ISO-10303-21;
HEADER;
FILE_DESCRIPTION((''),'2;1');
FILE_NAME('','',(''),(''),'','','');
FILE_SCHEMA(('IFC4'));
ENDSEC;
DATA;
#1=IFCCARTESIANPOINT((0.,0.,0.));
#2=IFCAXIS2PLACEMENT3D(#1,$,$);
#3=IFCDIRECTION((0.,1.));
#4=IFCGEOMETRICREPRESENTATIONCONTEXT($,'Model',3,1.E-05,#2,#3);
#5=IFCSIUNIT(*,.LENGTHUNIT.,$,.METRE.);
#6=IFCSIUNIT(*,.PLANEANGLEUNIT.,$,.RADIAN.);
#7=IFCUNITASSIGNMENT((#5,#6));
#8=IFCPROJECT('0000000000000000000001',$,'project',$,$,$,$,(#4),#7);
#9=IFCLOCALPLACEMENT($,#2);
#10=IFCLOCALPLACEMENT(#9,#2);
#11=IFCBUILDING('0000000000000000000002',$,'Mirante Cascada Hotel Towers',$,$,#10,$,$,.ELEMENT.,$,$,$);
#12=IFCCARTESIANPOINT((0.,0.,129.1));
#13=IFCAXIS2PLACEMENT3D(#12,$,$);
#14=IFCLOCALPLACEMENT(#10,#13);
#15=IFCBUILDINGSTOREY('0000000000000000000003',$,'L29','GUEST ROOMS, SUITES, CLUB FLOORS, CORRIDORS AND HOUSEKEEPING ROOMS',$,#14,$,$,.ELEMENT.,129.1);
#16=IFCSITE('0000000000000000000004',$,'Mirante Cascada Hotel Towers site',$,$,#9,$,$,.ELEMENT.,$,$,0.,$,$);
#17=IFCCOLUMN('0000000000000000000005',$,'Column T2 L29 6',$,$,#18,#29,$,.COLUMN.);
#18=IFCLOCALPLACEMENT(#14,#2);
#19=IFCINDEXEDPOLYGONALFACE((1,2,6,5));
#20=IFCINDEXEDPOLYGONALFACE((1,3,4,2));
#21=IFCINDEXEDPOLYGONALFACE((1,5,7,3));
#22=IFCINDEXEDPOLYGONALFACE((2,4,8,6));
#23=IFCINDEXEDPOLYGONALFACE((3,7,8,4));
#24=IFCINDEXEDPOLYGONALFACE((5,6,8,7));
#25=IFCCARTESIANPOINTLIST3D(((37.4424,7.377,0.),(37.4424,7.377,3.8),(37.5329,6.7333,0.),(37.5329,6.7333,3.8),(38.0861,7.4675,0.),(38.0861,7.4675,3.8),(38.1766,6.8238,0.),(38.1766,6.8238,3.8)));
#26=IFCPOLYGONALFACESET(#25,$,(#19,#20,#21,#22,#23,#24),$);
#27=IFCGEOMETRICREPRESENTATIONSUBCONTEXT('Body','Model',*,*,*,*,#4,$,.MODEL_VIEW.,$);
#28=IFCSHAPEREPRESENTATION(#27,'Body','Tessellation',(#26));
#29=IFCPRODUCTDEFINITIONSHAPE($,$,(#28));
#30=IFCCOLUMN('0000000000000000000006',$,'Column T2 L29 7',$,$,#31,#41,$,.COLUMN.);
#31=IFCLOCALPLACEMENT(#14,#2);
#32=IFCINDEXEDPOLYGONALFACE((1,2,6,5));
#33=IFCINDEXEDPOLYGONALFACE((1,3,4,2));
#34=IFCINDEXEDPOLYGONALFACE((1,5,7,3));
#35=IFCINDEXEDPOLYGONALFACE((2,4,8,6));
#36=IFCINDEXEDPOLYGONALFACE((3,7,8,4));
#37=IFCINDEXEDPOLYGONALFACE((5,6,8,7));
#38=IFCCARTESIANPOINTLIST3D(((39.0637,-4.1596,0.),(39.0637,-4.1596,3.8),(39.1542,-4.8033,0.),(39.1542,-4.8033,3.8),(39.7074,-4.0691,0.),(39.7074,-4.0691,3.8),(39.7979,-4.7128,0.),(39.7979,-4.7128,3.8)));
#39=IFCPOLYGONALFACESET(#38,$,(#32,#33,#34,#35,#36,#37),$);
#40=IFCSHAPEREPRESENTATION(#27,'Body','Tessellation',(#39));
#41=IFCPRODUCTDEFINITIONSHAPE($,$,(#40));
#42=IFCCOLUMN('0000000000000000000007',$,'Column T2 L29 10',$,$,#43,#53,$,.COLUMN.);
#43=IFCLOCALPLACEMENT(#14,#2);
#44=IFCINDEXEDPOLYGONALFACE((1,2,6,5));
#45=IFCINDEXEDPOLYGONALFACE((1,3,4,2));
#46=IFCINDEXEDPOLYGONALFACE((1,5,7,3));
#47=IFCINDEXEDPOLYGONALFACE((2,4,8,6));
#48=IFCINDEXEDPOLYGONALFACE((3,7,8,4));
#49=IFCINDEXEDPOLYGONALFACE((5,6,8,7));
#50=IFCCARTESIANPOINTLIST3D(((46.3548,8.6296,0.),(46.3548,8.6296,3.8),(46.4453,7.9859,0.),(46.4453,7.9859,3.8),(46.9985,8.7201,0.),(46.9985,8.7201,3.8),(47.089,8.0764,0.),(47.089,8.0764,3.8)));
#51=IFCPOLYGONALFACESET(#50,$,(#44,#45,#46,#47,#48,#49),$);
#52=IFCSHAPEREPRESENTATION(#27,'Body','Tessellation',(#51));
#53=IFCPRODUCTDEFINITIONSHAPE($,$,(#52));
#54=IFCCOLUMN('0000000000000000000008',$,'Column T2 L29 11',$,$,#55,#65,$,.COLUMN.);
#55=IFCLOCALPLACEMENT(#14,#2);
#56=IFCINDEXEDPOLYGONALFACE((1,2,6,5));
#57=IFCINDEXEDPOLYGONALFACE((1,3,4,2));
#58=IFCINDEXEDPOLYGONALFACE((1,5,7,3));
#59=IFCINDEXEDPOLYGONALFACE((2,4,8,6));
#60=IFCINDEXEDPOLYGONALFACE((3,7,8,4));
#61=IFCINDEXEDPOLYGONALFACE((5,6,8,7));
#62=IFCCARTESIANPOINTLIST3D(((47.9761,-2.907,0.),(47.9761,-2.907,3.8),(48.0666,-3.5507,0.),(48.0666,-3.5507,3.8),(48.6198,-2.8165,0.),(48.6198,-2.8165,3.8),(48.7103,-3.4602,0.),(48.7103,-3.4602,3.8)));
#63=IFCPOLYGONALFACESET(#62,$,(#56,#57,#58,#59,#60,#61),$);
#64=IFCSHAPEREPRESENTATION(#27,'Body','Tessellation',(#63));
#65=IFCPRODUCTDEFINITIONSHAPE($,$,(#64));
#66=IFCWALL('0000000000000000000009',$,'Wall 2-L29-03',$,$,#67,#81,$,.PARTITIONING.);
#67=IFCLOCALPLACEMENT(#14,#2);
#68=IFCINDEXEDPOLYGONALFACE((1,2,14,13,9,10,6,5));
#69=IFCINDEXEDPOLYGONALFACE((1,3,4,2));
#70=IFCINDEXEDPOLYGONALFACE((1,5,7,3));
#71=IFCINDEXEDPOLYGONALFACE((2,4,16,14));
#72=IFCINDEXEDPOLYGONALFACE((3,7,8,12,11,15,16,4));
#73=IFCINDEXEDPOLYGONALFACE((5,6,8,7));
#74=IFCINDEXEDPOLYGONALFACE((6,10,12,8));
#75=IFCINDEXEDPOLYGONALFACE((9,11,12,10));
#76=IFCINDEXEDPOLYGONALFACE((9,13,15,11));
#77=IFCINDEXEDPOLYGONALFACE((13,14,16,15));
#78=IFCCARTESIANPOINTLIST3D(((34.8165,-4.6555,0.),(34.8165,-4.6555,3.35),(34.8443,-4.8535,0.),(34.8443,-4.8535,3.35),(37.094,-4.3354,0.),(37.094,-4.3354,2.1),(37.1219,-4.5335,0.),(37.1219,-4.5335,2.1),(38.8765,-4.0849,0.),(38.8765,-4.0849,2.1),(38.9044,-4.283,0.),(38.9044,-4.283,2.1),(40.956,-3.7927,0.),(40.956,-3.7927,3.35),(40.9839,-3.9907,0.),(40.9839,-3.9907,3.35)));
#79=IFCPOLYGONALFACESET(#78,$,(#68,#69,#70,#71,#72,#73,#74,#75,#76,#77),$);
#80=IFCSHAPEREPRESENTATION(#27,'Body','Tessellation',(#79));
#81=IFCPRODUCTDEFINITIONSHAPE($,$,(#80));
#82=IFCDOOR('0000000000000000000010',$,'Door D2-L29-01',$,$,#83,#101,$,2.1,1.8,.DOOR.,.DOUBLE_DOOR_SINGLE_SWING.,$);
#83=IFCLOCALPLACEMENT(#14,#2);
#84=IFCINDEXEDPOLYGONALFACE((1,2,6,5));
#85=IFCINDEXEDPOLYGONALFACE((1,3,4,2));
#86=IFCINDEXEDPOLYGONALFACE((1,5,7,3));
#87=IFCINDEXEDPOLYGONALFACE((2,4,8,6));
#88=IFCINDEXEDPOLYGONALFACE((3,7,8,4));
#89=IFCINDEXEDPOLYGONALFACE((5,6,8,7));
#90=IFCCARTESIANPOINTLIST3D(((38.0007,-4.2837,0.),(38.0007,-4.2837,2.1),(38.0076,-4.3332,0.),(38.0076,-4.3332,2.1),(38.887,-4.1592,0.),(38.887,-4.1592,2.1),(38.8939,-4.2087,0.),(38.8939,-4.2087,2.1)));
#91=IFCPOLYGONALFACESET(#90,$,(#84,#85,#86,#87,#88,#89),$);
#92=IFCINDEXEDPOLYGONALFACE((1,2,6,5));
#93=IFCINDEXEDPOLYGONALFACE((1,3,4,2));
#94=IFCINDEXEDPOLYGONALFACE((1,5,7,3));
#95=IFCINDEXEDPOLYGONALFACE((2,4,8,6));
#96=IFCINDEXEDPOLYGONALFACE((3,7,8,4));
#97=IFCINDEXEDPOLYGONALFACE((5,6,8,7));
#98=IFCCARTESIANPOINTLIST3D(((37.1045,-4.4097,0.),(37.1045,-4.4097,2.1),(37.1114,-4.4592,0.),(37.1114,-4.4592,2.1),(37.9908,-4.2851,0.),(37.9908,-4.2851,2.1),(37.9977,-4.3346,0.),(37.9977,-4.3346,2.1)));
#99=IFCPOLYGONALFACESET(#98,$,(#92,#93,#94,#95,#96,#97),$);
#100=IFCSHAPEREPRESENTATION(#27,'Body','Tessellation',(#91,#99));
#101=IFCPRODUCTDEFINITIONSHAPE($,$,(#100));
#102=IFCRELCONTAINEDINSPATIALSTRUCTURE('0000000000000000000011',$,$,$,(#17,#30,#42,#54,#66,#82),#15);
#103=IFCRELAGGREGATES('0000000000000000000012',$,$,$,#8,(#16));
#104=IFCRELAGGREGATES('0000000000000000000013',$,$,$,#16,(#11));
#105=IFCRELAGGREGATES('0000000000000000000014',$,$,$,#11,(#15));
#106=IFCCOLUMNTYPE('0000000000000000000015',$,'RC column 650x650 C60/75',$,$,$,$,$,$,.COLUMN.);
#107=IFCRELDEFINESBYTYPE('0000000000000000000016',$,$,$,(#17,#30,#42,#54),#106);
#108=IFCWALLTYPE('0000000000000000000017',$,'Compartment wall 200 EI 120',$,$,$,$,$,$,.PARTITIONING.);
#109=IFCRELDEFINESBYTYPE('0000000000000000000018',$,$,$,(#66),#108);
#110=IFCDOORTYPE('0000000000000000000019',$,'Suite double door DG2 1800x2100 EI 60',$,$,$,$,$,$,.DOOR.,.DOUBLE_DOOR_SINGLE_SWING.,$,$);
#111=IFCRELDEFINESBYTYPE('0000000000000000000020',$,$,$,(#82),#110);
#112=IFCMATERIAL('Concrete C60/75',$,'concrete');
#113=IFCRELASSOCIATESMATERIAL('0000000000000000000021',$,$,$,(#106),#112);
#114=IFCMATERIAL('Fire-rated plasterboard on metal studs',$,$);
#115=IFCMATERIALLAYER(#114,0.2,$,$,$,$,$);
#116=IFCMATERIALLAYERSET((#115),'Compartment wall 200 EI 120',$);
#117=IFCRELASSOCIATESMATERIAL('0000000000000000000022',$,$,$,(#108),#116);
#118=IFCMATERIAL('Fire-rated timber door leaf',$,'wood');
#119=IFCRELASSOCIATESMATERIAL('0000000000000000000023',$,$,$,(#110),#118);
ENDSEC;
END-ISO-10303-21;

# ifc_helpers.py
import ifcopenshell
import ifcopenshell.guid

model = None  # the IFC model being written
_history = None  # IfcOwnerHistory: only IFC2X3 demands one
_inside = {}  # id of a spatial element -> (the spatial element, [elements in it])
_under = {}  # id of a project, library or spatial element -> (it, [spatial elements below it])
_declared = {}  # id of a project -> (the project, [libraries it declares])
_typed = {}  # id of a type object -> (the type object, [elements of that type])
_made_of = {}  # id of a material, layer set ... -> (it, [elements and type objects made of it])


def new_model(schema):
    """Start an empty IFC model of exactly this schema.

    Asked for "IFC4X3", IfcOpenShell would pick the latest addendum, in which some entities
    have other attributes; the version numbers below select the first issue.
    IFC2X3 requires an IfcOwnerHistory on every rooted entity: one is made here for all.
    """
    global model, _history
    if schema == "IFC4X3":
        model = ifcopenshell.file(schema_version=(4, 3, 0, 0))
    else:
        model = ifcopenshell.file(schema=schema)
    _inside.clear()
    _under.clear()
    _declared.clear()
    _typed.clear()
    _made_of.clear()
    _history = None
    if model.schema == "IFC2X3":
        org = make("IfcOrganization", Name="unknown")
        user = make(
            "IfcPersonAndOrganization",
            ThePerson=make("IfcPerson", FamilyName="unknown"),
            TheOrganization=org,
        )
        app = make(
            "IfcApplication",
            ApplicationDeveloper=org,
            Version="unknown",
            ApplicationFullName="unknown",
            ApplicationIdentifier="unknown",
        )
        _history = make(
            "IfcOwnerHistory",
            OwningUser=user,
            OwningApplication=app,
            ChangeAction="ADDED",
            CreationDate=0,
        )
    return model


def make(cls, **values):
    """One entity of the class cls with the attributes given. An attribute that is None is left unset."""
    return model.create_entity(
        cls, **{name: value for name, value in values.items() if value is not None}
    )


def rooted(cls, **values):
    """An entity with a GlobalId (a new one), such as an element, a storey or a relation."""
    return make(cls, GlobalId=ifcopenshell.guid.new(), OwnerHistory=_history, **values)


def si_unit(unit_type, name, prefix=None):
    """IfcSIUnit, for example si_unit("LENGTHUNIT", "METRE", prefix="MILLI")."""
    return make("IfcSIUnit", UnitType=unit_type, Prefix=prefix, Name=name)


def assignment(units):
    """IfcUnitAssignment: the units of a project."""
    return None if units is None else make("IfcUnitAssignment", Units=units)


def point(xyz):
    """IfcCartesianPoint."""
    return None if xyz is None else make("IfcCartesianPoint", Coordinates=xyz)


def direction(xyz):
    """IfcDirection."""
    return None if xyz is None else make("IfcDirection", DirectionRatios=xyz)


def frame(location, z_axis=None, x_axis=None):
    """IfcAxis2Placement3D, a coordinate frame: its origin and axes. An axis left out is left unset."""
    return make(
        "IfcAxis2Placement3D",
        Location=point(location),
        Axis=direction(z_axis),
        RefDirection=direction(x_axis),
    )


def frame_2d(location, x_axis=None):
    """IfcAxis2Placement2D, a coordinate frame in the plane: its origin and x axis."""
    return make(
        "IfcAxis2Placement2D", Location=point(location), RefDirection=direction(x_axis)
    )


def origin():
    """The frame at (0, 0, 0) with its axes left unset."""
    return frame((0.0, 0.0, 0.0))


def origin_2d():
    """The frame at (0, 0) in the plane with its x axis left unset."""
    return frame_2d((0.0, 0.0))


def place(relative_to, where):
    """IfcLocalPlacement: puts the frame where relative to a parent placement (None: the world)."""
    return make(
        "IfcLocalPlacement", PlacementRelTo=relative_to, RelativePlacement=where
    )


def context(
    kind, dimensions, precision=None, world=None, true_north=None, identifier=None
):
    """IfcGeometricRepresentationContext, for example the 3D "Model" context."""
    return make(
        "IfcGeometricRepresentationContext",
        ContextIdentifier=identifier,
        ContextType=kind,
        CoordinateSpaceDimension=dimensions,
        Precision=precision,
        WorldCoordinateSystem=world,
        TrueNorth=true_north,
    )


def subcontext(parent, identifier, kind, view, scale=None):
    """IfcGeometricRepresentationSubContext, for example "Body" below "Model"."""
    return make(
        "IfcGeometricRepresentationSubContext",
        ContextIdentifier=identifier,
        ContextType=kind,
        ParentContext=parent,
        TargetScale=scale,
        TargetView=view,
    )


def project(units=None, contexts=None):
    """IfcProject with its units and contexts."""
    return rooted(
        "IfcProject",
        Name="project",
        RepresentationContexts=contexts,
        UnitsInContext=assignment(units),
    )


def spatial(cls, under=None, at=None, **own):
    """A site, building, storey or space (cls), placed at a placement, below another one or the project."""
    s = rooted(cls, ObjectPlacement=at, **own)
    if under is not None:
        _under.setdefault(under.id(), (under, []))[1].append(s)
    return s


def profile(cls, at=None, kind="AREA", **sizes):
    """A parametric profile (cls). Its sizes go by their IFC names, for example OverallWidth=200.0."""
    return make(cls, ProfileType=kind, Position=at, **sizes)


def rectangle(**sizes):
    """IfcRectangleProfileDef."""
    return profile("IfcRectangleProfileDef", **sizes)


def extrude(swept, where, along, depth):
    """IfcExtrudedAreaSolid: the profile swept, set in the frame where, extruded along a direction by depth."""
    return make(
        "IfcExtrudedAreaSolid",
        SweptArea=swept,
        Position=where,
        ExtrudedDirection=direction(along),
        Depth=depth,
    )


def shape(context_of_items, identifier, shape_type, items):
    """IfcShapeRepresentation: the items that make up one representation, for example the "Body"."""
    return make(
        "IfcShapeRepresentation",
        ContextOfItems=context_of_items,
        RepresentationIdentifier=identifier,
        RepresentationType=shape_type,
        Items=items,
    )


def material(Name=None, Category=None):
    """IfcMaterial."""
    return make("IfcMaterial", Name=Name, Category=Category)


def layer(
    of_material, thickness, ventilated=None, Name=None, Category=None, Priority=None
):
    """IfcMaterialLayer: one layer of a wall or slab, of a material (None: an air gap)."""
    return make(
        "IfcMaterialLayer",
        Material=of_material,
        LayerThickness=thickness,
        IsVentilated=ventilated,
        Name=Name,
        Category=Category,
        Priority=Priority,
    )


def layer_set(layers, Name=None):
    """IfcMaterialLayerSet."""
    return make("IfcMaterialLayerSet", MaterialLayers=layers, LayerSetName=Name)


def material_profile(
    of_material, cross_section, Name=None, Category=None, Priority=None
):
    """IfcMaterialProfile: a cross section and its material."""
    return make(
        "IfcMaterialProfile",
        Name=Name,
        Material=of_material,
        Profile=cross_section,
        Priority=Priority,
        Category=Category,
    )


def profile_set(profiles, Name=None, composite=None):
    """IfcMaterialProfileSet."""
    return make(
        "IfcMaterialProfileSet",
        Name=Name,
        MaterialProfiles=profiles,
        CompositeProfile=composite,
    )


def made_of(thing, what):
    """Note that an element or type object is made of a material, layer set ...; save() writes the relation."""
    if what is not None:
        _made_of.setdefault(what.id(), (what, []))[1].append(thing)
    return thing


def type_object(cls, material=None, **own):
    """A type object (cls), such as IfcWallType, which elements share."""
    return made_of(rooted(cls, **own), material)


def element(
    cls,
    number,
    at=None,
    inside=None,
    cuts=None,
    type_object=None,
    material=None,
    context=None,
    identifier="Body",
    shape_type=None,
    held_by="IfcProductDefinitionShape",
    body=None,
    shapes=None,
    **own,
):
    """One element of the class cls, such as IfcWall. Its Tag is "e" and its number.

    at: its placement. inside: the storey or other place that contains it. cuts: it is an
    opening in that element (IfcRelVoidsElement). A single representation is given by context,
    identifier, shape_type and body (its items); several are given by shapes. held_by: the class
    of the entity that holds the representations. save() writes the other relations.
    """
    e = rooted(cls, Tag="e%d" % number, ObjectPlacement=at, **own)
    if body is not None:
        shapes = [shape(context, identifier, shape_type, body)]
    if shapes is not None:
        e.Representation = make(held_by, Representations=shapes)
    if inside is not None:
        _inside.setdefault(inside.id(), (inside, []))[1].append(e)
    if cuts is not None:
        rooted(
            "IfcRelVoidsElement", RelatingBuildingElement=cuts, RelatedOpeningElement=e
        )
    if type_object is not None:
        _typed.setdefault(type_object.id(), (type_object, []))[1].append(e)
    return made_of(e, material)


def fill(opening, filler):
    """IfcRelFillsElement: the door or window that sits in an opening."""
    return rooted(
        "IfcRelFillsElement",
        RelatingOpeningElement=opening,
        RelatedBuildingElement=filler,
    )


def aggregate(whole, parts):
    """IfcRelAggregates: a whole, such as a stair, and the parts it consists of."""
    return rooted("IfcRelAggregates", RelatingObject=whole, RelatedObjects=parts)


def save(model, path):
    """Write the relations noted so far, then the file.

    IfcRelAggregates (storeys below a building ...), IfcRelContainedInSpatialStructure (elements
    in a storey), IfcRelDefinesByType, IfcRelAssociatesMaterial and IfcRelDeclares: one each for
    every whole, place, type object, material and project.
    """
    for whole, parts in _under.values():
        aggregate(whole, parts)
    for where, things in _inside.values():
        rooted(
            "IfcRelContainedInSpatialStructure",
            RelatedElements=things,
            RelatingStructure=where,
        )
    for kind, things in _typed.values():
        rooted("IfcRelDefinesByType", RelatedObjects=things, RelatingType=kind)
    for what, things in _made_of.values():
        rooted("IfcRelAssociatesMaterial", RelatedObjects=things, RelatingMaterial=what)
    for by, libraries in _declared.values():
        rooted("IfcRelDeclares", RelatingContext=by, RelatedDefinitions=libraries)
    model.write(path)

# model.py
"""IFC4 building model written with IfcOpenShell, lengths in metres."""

from ifc_helpers import new_model, si_unit, direction, frame, frame_2d, origin, origin_2d, place, context, subcontext, project, spatial, rectangle, extrude, material, layer, layer_set, material_profile, profile_set, type_object, element, fill, save


model = new_model("IFC4")

# Units and contexts
model_context = context("Model", 3, precision=1e-05, world=origin(), true_north=direction((0.0, 1.0)))
body_context = subcontext(model_context, "Body", "Model", "MODEL_VIEW")
ifc_project = project(units=[si_unit("LENGTHUNIT", "METRE"), si_unit("PLANEANGLEUNIT", "RADIAN")], contexts=[model_context])

# Site, building, storey
site_placement = place(None, origin())
site = spatial("IfcSite", under=ifc_project, at=site_placement, Name="Mirante Cascada Hotel Towers site", CompositionType="ELEMENT", RefElevation=0.0)
building_placement = place(site_placement, origin())
building = spatial("IfcBuilding", under=site, at=building_placement, Name="Mirante Cascada Hotel Towers", CompositionType="ELEMENT")
storey_placement = place(building_placement, frame((0.0, 0.0, 129.1)))
storey = spatial("IfcBuildingStorey", under=building, at=storey_placement, Name="L29", Description="GUEST ROOMS, SUITES, CLUB FLOORS, CORRIDORS AND HOUSEKEEPING ROOMS", CompositionType="ELEMENT", Elevation=129.1)

# Columns
ifc_material_1 = material(Name="Concrete C60/75", Category="concrete")
ifc_material_profile = material_profile(ifc_material_1, rectangle(XDim=0.65, YDim=0.65, at=origin_2d()), Name="RC column 650x650 C60/75")
ifc_profile_set = profile_set([ifc_material_profile], Name="Concrete C60/75")
column_type = type_object("IfcColumnType", Name="RC column 650x650 C60/75", PredefinedType="COLUMN", material=ifc_profile_set)
for number, where, z_axis, x_axis, name in (
    (1, (37.8095, 7.1004, 0.0), (0.0, 0.0, 1.0), (0.990268, 0.139173, 0.0), "Column T2 L29 6"),
    (2, (39.4308, -4.4362, 0.0), (0.0, 0.0, 1.0), (0.990268, 0.139173, 0.0), "Column T2 L29 7"),
    (3, (46.7219, 8.353, 0.0), (0.0, 0.0, 1.0), (0.990268, 0.139173, 0.0), "Column T2 L29 10"),
    (4, (48.3432, -3.1836, 0.0), (0.0, 0.0, 1.0), (0.990268, 0.139173, 0.0), "Column T2 L29 11"),
):
    element("IfcColumn", number, at=place(storey_placement, frame(where, z_axis=z_axis, x_axis=x_axis)), inside=storey, type_object=column_type, Name=name, PredefinedType="COLUMN", context=body_context, shape_type="SweptSolid", body=[
        extrude(rectangle(XDim=0.65, YDim=0.65, at=origin_2d()), origin(), (0.0, 0.0, 1.0), 3.8),
    ])

# Wall, opening, door
ifc_material_2 = material(Name="Fire-rated plasterboard on metal studs")
ifc_layer_1 = layer(ifc_material_2, 0.2)
ifc_layer_set_1 = layer_set([ifc_layer_1], Name="Compartment wall 200 EI 120")
wall_type_1 = type_object("IfcWallType", Name="Compartment wall 200 EI 120", PredefinedType="PARTITIONING", material=ifc_layer_set_1)
wall_1_placement = place(storey_placement, frame((40.97, -3.8917, 0.0), z_axis=(0.0, 0.0, 1.0), x_axis=(-0.99027, -0.139163, 0.0)))
wall_1 = element("IfcWall", 5, at=wall_1_placement, inside=storey, type_object=wall_type_1, Name="Wall 2-L29-03", PredefinedType="PARTITIONING", context=body_context, shape_type="SweptSolid", body=[
    extrude(rectangle(XDim=6.1999, YDim=0.2, at=frame_2d((3.1, 0.0))), origin(), (0.0, 0.0, 1.0), 3.35),
])
opening_1_placement = place(wall_1_placement, frame((2.1, 0.0, 0.0)))
opening_1 = element("IfcOpeningElement", 6, at=opening_1_placement, cuts=wall_1, PredefinedType="OPENING", context=body_context, shape_type="SweptSolid", body=[
    extrude(rectangle(XDim=1.8, YDim=2.1, at=frame_2d((0.9, 1.05))), frame((0.0, 0.1, 0.0), z_axis=(0.0, -1.0, 0.0), x_axis=(1.0, 0.0, 0.0)), (0.0, 0.0, 1.0), 0.2),
])
ifc_material_3 = material(Name="Fire-rated timber door leaf", Category="wood")
door_type_1 = type_object("IfcDoorType", Name="Suite double door DG2 1800x2100 EI 60", OperationType="DOUBLE_DOOR_SINGLE_SWING", PredefinedType="DOOR", material=ifc_material_3)
door_1_placement = place(opening_1_placement, origin())
door_1 = element("IfcDoor", 7, at=door_1_placement, inside=storey, type_object=door_type_1, Name="Door D2-L29-01", OperationType="DOUBLE_DOOR_SINGLE_SWING", OverallHeight=2.1, OverallWidth=1.8, PredefinedType="DOOR", context=body_context, shape_type="SweptSolid", body=[
    extrude(rectangle(XDim=0.895, YDim=2.1, at=frame_2d((0.4475, 1.05))), frame((0.0, 0.025, 0.0), z_axis=(0.0, -1.0, 0.0), x_axis=(1.0, 0.0, 0.0)), (0.0, 0.0, 1.0), 0.05),
    extrude(rectangle(XDim=0.895, YDim=2.1, at=frame_2d((1.3525, 1.05))), frame((0.0, 0.025, 0.0), z_axis=(0.0, -1.0, 0.0), x_axis=(1.0, 0.0, 0.0)), (0.0, 0.0, 1.0), 0.05),
])
fill(opening_1, door_1)

save(model, "model.ifc")
